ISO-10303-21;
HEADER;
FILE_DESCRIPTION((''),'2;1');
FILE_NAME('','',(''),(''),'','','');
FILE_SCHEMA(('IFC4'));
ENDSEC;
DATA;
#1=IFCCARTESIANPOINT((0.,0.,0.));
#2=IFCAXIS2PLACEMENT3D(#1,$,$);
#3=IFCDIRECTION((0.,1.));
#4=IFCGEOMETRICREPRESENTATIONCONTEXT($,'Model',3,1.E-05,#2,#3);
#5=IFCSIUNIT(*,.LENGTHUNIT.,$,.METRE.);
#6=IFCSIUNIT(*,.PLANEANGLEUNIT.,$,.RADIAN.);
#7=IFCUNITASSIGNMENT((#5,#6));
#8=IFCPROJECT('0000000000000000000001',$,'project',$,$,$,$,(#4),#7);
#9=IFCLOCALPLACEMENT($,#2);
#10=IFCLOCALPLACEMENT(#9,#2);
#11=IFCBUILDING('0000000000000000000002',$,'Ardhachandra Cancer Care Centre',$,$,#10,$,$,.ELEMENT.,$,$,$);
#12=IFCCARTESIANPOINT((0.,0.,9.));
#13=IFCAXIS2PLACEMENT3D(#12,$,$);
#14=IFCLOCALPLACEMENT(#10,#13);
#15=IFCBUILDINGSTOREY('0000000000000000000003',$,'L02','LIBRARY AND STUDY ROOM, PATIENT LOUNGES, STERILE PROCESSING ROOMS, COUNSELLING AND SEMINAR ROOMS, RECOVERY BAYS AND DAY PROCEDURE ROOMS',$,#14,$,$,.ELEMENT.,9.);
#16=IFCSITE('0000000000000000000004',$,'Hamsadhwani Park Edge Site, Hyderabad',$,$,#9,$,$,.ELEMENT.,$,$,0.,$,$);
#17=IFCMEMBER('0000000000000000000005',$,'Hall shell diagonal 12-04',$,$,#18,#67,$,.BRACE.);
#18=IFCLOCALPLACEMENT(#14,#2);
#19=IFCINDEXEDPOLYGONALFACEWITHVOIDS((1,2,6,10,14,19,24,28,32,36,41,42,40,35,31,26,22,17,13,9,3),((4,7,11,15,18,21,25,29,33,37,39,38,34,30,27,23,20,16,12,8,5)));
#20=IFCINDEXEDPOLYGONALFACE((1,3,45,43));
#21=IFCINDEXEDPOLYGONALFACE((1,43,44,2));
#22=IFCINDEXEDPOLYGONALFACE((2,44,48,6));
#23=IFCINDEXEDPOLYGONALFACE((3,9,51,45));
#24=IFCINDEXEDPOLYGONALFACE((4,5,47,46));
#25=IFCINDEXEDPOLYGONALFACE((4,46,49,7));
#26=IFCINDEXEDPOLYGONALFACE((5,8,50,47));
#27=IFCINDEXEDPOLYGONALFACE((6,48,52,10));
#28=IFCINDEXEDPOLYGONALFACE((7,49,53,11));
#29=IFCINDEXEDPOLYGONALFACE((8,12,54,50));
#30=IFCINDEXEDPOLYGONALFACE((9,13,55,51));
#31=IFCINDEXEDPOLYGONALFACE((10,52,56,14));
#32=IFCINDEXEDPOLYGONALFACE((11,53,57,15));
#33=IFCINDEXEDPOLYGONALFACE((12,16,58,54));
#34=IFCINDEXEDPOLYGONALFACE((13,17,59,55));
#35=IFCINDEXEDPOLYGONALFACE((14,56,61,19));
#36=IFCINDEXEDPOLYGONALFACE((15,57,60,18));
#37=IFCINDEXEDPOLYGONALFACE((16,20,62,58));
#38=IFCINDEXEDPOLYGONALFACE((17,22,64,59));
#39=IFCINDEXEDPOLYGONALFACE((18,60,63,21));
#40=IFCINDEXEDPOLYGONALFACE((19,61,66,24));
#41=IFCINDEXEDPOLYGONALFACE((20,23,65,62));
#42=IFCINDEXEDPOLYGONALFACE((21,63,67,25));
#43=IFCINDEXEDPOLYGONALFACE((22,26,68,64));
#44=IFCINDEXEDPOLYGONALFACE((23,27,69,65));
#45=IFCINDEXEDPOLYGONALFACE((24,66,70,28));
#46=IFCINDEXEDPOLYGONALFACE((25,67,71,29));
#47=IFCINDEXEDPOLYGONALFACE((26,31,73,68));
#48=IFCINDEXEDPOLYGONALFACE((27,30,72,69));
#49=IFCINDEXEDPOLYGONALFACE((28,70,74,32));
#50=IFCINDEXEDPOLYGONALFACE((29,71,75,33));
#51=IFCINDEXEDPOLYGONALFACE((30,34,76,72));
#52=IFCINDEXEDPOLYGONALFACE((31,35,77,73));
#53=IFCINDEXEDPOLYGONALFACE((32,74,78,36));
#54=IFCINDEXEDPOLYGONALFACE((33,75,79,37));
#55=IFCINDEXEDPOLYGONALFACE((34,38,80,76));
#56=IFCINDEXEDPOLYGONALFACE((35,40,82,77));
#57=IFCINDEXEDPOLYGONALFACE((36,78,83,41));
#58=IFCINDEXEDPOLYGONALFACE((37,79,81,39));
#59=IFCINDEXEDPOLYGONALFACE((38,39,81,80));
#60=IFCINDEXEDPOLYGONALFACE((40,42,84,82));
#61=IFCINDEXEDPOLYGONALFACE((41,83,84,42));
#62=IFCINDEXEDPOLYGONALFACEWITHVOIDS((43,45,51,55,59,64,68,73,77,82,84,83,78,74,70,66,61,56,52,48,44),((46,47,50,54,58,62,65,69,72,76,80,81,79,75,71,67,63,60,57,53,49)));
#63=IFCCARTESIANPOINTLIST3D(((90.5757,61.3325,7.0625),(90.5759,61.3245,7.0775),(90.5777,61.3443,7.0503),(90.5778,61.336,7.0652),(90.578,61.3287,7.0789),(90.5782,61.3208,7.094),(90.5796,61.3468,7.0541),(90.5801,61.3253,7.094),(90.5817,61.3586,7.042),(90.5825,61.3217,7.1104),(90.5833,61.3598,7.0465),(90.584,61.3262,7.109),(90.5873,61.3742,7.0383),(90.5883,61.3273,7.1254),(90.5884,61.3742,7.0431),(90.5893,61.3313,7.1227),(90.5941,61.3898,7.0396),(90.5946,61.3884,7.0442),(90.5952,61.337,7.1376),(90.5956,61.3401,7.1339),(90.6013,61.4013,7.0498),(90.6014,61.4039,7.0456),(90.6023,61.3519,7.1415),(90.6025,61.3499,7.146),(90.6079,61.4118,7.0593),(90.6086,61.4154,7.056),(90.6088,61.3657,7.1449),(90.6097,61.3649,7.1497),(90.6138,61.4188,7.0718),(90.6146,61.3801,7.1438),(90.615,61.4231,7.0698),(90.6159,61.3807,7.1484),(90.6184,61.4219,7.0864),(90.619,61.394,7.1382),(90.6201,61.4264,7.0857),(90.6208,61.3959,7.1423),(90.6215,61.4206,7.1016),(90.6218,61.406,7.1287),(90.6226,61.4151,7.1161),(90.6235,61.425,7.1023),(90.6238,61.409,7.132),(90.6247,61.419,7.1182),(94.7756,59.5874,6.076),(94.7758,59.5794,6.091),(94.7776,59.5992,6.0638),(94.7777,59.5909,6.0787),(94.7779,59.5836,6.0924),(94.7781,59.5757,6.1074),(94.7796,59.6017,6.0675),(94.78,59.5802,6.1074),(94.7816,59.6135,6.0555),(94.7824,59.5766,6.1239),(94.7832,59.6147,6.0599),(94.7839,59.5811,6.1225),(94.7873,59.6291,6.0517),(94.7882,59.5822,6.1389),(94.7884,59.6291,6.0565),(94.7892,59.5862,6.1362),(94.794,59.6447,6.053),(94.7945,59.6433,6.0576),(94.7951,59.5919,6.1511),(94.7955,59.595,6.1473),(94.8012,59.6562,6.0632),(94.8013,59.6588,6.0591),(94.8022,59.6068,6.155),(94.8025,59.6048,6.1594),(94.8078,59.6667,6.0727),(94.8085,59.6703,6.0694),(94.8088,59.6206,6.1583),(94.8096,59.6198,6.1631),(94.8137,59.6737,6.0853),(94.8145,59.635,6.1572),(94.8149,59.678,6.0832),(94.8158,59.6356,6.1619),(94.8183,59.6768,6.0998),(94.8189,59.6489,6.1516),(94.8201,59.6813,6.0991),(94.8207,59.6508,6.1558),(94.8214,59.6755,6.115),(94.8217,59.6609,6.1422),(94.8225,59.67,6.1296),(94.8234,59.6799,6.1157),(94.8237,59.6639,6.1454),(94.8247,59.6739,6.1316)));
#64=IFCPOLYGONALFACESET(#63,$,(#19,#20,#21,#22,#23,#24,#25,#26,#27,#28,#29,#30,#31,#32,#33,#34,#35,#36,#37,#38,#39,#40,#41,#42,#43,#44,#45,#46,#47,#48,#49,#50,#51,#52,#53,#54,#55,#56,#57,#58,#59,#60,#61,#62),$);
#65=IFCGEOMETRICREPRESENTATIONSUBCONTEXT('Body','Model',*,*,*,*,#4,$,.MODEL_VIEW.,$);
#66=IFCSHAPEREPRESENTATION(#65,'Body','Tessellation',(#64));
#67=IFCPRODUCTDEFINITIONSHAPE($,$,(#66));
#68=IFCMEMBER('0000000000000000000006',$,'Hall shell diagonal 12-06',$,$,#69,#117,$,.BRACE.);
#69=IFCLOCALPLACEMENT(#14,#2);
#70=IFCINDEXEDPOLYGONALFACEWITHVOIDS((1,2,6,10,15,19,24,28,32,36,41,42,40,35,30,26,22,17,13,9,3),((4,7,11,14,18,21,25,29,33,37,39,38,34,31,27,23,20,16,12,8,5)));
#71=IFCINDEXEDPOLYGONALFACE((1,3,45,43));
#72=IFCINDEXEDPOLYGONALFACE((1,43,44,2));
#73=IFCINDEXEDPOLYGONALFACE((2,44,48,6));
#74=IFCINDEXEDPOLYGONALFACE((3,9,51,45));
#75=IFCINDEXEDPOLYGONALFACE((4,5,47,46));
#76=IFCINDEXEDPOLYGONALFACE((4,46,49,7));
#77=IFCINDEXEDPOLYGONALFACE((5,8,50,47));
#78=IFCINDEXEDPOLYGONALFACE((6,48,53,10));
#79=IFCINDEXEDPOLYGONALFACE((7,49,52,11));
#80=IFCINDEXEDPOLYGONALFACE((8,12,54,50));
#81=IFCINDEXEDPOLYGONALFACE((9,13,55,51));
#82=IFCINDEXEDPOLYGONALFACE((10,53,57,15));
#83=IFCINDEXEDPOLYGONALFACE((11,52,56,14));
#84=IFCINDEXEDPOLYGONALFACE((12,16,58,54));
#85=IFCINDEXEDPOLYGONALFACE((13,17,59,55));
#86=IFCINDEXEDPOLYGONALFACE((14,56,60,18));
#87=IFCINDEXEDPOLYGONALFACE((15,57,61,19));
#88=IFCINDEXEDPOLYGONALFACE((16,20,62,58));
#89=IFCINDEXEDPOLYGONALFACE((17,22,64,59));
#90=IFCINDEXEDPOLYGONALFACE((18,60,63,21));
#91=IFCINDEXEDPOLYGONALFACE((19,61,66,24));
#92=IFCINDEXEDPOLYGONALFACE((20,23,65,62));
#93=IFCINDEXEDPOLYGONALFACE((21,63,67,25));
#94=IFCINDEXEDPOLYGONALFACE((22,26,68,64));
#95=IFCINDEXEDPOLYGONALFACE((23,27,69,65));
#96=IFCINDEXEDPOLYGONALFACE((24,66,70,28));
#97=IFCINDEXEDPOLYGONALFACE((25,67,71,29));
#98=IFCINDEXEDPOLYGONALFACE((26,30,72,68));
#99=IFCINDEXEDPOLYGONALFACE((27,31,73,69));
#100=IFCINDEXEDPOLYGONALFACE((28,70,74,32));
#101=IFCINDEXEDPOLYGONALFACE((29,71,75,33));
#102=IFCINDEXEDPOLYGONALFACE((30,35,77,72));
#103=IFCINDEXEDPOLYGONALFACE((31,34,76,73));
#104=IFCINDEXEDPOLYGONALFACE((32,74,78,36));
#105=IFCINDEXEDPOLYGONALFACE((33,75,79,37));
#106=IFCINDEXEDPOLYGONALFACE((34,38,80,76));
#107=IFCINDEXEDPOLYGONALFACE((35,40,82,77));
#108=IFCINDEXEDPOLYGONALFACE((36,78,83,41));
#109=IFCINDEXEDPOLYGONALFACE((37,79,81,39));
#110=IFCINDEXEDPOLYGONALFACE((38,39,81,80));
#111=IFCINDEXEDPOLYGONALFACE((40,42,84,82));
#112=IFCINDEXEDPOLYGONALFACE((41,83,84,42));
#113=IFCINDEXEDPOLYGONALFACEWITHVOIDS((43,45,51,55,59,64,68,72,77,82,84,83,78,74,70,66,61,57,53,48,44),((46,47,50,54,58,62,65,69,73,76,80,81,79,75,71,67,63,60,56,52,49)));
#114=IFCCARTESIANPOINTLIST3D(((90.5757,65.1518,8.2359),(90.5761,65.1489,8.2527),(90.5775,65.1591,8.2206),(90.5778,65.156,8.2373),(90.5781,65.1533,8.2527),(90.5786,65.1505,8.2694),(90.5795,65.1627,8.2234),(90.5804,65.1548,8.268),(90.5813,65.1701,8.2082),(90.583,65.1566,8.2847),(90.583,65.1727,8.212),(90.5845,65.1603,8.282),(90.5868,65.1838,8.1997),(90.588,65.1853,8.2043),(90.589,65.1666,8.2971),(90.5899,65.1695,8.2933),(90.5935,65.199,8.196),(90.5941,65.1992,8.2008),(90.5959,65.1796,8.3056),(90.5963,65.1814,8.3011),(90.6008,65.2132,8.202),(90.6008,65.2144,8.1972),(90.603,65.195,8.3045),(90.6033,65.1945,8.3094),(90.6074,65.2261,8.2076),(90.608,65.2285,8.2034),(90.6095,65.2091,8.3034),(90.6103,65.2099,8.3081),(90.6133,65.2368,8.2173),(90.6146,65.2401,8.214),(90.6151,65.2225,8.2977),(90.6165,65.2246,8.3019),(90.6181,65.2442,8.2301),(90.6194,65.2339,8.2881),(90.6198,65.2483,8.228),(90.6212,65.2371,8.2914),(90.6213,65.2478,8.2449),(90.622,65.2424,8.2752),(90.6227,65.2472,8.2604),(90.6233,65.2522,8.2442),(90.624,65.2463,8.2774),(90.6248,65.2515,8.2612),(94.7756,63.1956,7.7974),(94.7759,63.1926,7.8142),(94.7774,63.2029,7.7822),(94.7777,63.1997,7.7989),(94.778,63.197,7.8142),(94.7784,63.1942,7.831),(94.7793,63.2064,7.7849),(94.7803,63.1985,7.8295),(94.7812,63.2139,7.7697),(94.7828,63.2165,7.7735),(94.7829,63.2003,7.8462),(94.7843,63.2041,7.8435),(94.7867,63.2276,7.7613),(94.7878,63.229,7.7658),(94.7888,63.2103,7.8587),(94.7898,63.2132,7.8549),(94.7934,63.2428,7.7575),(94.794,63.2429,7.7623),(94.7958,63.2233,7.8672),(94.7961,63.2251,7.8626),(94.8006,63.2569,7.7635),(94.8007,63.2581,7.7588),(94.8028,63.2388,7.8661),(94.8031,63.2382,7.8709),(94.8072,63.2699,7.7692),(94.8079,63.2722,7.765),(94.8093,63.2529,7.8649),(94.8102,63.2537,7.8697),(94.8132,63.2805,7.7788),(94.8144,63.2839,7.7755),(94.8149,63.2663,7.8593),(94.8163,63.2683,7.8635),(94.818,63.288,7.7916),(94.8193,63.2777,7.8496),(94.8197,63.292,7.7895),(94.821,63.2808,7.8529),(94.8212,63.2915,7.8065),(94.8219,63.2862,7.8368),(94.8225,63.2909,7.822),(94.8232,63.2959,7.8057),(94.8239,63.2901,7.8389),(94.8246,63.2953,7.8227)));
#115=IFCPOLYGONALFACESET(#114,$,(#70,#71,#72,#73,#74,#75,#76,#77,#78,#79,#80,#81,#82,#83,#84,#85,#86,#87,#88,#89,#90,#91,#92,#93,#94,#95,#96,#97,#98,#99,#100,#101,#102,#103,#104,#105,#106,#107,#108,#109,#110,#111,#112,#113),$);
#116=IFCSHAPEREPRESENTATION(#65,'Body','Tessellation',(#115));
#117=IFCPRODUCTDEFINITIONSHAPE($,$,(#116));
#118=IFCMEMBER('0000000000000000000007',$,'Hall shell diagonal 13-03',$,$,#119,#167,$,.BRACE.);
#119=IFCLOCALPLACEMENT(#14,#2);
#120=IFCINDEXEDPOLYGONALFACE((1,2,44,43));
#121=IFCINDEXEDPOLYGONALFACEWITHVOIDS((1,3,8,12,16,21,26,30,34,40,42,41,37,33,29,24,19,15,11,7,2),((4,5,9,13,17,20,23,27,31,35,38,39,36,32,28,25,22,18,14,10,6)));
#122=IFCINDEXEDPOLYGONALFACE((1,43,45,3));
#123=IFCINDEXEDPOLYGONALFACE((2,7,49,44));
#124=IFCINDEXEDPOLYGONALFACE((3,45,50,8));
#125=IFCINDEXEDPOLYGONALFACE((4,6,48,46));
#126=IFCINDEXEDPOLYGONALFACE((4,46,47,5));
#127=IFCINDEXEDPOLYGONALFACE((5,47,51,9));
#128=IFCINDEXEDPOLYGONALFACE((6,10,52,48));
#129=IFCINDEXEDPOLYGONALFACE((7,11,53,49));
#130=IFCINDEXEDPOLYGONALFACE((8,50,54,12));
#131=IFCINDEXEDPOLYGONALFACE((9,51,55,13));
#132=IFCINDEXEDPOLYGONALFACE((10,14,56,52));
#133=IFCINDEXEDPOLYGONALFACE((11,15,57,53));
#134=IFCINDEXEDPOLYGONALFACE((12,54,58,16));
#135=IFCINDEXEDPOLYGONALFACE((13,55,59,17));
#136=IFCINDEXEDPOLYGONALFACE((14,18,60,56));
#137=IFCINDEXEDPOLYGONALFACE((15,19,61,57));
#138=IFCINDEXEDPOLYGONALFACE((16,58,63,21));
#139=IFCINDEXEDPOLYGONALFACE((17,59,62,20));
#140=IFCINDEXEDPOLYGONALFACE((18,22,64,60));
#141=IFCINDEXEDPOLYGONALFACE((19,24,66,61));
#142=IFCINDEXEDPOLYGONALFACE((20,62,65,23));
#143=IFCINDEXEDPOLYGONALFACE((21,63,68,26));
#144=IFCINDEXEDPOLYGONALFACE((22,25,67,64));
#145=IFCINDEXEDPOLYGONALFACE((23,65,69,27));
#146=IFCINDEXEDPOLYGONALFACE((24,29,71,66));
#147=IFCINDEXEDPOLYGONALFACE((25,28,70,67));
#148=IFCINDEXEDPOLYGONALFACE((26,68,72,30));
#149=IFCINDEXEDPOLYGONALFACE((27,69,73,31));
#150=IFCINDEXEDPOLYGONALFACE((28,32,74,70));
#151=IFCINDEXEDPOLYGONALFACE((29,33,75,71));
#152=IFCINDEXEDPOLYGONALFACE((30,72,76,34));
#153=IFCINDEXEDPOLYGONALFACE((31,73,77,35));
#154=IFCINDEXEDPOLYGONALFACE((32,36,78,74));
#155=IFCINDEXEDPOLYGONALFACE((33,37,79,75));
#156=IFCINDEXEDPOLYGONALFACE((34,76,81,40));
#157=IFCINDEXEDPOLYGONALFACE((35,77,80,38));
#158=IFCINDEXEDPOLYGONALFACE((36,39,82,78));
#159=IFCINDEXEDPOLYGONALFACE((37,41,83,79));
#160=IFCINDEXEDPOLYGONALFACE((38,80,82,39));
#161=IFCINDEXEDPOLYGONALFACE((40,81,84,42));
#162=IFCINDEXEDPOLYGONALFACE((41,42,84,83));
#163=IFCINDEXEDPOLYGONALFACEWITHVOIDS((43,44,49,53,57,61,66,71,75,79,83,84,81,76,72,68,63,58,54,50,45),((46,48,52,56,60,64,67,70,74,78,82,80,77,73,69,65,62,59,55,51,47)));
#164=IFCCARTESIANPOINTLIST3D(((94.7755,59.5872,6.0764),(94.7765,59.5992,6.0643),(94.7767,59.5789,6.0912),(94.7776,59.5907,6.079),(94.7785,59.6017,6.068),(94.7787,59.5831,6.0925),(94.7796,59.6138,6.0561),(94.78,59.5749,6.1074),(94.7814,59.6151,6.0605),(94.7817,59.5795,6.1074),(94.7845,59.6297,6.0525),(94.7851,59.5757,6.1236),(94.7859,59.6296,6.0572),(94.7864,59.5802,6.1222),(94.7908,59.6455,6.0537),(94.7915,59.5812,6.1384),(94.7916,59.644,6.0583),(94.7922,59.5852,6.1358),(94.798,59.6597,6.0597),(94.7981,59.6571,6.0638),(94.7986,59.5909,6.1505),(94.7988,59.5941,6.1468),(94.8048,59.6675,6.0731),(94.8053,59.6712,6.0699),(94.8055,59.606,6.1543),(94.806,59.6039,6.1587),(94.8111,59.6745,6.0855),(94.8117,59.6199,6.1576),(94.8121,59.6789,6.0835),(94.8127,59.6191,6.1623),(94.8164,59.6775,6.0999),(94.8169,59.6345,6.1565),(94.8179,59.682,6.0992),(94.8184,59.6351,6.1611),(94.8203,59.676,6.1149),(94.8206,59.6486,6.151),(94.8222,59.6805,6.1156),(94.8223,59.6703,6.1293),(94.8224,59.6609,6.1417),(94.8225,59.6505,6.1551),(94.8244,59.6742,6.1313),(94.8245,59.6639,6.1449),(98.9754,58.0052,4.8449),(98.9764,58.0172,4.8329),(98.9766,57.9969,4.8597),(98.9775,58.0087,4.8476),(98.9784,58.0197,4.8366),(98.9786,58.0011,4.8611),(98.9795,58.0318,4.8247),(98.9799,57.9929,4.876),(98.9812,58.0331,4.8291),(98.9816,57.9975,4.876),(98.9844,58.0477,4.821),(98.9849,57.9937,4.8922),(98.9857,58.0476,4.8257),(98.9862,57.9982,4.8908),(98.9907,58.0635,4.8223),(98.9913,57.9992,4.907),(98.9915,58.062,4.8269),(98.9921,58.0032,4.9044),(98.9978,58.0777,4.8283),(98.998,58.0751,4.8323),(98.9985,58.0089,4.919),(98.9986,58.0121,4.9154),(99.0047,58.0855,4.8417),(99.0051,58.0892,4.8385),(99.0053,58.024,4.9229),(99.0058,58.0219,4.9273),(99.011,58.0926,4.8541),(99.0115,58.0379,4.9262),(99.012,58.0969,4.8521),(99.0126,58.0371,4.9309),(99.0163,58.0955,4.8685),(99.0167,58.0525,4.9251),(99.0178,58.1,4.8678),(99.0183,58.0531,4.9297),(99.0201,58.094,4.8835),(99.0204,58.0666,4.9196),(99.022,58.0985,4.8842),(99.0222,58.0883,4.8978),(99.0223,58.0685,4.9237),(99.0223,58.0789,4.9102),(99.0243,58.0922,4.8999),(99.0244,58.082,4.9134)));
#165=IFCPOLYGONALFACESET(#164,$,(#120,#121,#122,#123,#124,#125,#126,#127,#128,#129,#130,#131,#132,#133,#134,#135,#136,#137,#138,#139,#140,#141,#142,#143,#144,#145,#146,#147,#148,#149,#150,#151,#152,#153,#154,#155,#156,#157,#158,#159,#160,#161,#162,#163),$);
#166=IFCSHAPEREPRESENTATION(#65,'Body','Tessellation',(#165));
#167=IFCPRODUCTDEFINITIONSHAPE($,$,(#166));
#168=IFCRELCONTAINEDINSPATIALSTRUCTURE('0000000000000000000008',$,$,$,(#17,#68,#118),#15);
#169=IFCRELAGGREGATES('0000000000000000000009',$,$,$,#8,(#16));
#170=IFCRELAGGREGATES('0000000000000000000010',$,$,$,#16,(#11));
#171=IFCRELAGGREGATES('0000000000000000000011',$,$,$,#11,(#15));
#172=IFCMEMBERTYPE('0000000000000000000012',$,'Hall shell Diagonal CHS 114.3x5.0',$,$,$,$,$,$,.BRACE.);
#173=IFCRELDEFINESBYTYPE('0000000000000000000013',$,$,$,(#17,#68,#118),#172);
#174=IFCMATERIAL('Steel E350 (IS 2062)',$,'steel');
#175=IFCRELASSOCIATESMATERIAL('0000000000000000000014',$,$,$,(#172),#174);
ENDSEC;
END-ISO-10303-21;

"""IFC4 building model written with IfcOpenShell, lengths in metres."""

from ifc_helpers import new_model, si_unit, direction, frame, origin, origin_2d, place, context, subcontext, project, spatial, hollow_circle, extrude, material, material_profile, profile_set, type_object, element, save


model = new_model("IFC4")

# Units and contexts
model_context = context("Model", 3, precision=1e-05, world=origin(), true_north=direction((0.0, 1.0)))
body_context = subcontext(model_context, "Body", "Model", "MODEL_VIEW")
ifc_project = project(units=[si_unit("LENGTHUNIT", "METRE"), si_unit("PLANEANGLEUNIT", "RADIAN")], contexts=[model_context])

# Site, building, storey
site_placement = place(None, origin())
site = spatial("IfcSite", under=ifc_project, at=site_placement, Name="Hamsadhwani Park Edge Site, Hyderabad", CompositionType="ELEMENT", RefElevation=0.0)
building_placement = place(site_placement, origin())
building = spatial("IfcBuilding", under=site, at=building_placement, Name="Ardhachandra Cancer Care Centre", CompositionType="ELEMENT")
storey_placement = place(building_placement, frame((0.0, 0.0, 9.0)))
storey = spatial("IfcBuildingStorey", under=building, at=storey_placement, Name="L02", Description="LIBRARY AND STUDY ROOM, PATIENT LOUNGES, STERILE PROCESSING ROOMS, COUNSELLING AND SEMINAR ROOMS, RECOVERY BAYS AND DAY PROCEDURE ROOMS", CompositionType="ELEMENT", Elevation=9.0)

# Members
ifc_material_1 = material(Name="Steel E350 (IS 2062)", Category="steel")
ifc_material_profile_1 = material_profile(ifc_material_1, hollow_circle(Radius=0.0571, WallThickness=0.0049, at=origin_2d()), Name="CHS 114.3x5.0")
ifc_profile_set_1 = profile_set([ifc_material_profile_1], Name="Steel E350 (IS 2062)")
member_type_1 = type_object("IfcMemberType", Name="Hall shell Diagonal CHS 114.3x5.0", PredefinedType="BRACE", material=ifc_profile_set_1)
for number, where, z_axis, x_axis, name in (
    (1, (94.8, 59.6284, 6.1074), (-0.902467, 0.374983, 0.21199), (-0.383704, -0.923456, 0.0), "Hall shell diagonal 12-04"),
    (2, (94.8, 63.2444, 7.8142), (-0.902455, 0.420355, 0.094217), (-0.422233, -0.906487, 0.0), "Hall shell diagonal 12-06"),
    (3, (99.0, 58.0464, 4.876), (-0.902457, 0.339936, 0.264605), (-0.3525, -0.935812, 0.0), "Hall shell diagonal 13-03"),
):
    element("IfcMember", number, at=place(storey_placement, frame(where, z_axis=z_axis, x_axis=x_axis)), inside=storey, type_object=member_type_1, Name=name, PredefinedType="BRACE", context=body_context, shape_type="SweptSolid", body=[
        extrude(hollow_circle(Radius=0.0571, WallThickness=0.0049, at=origin_2d()), origin(), (0.0, 0.0, 1.0), 4.6538),
    ])

save(model, "model.ifc")
